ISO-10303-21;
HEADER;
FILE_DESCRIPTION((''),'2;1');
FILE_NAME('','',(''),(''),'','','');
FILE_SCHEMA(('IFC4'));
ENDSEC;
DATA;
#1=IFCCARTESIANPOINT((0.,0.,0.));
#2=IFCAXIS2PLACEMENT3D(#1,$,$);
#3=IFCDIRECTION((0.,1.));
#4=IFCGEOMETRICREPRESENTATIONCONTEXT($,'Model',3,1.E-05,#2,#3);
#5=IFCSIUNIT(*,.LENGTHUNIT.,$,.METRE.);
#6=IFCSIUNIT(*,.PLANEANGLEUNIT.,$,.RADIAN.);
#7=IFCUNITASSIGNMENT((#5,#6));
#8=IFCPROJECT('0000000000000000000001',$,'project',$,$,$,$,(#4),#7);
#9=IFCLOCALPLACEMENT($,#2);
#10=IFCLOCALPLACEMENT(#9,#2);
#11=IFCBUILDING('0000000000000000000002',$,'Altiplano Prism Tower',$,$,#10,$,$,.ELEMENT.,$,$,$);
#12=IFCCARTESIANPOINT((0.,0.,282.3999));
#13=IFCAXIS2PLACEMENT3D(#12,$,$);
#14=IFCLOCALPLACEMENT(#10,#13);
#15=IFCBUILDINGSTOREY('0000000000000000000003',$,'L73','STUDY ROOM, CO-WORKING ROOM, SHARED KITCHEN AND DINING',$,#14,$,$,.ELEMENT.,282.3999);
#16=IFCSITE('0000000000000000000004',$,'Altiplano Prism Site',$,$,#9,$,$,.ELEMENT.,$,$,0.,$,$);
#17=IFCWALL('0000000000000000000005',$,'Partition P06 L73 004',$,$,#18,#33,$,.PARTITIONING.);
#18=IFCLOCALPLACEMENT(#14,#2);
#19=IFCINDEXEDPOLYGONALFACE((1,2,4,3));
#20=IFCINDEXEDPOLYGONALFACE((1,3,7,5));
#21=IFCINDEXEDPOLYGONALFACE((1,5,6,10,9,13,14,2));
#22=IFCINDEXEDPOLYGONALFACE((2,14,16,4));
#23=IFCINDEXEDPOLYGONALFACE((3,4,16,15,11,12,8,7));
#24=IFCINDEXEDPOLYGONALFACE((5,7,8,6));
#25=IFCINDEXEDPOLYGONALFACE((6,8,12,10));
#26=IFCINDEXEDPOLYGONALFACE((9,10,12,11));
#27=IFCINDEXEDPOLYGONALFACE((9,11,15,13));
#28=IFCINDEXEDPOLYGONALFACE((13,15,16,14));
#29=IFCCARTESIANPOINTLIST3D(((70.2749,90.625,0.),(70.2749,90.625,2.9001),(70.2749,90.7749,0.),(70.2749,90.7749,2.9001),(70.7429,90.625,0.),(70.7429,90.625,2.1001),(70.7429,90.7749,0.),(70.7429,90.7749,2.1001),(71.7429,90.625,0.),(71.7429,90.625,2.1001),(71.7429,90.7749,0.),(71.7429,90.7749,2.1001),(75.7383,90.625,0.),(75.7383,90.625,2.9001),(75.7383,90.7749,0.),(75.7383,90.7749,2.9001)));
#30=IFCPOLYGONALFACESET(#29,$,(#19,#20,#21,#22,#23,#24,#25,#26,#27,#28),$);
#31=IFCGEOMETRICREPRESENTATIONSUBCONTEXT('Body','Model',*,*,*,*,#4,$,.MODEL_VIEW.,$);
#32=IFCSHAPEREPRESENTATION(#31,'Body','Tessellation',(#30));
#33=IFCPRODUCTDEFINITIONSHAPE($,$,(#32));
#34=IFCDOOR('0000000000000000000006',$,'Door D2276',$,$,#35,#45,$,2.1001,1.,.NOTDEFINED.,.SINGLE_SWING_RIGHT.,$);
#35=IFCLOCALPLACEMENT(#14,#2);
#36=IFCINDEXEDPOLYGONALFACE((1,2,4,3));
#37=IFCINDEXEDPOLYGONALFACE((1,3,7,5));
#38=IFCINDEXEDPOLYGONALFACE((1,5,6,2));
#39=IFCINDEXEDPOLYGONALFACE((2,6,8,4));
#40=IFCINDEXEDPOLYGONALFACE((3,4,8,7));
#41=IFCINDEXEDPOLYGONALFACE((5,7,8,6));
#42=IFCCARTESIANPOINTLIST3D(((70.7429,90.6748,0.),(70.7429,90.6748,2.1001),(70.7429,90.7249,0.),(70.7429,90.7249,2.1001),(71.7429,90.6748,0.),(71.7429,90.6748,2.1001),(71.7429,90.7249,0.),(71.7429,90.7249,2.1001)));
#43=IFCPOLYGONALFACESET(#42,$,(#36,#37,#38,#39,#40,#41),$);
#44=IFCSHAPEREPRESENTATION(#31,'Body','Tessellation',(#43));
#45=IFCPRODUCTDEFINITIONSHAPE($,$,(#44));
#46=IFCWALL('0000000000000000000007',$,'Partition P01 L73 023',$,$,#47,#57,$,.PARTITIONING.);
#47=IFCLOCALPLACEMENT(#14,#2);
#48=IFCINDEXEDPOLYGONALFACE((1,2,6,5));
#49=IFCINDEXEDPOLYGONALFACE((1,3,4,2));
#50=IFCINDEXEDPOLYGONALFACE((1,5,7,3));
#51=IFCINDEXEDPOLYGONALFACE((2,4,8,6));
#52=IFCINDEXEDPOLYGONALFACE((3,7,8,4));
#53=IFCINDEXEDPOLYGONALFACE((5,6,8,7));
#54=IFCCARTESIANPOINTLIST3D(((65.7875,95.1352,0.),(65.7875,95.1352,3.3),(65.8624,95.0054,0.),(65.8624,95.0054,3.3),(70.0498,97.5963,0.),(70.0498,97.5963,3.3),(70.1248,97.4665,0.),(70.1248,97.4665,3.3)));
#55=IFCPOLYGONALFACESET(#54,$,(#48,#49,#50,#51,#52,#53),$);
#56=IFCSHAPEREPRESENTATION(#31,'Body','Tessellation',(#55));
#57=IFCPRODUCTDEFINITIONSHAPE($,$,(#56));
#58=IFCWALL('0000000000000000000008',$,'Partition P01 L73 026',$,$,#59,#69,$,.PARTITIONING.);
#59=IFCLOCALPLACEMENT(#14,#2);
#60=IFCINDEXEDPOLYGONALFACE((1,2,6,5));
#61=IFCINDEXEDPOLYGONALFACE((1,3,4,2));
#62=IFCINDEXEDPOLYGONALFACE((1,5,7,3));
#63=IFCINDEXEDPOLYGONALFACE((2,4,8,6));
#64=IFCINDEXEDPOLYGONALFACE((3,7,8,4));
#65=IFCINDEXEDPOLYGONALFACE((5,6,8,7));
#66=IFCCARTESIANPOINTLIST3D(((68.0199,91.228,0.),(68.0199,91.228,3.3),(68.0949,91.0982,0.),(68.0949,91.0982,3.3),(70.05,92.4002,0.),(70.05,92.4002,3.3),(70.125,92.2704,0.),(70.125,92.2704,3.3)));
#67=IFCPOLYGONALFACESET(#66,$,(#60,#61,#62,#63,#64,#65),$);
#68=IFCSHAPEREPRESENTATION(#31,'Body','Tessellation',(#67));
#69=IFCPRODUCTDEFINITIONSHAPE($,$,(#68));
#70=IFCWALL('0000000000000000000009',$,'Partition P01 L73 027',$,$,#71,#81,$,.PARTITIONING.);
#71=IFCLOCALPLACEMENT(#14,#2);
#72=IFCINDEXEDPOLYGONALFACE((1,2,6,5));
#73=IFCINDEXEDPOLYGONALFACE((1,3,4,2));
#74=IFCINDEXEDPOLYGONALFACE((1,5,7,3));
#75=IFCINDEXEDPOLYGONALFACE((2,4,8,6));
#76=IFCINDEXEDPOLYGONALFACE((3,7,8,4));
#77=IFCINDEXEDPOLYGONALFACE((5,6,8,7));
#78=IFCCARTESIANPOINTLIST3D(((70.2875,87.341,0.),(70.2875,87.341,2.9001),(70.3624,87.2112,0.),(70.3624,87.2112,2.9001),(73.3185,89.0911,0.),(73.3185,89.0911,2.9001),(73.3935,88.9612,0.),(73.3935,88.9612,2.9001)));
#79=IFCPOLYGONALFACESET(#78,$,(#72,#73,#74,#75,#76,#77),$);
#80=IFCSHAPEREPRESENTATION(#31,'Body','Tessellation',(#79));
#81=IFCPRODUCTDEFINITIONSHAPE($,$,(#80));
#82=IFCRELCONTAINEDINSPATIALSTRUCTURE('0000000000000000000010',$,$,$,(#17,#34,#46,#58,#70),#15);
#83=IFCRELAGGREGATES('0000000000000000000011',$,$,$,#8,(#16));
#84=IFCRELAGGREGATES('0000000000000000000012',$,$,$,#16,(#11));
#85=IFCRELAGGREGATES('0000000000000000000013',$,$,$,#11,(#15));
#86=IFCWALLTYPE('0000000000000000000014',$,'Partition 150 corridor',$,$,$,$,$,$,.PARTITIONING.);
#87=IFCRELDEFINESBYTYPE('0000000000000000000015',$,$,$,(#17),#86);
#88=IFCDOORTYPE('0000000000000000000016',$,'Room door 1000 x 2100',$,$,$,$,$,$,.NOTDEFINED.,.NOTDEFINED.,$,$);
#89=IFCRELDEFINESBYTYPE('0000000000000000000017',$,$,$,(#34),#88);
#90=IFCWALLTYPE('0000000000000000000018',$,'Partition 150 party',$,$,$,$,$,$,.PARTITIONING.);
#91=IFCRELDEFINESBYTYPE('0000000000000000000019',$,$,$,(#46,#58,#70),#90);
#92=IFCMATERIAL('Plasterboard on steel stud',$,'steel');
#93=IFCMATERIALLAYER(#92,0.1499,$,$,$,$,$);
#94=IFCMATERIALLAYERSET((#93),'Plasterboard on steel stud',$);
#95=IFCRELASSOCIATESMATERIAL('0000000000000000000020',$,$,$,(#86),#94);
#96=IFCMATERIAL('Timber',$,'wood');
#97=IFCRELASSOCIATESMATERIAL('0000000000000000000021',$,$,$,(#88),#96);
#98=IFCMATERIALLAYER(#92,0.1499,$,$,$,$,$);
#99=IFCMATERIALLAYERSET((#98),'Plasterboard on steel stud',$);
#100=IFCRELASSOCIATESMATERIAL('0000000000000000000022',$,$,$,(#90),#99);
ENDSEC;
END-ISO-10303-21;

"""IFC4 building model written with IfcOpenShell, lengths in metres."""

from ifc_helpers import new_model, si_unit, direction, frame, frame_2d, origin, place, context, subcontext, project, spatial, rectangle, extrude, material, layer, layer_set, type_object, element, fill, save


model = new_model("IFC4")

# Units and contexts
model_context = context("Model", 3, precision=1e-05, world=origin(), true_north=direction((0.0, 1.0)))
body_context = subcontext(model_context, "Body", "Model", "MODEL_VIEW")
ifc_project = project(units=[si_unit("LENGTHUNIT", "METRE"), si_unit("PLANEANGLEUNIT", "RADIAN")], contexts=[model_context])

# Site, building, storey
site_placement = place(None, origin())
site = spatial("IfcSite", under=ifc_project, at=site_placement, Name="Altiplano Prism Site", CompositionType="ELEMENT", RefElevation=0.0)
building_placement = place(site_placement, origin())
building = spatial("IfcBuilding", under=site, at=building_placement, Name="Altiplano Prism Tower", CompositionType="ELEMENT")
storey_placement = place(building_placement, frame((0.0, 0.0, 282.3999)))
storey = spatial("IfcBuildingStorey", under=building, at=storey_placement, Name="L73", Description="STUDY ROOM, CO-WORKING ROOM, SHARED KITCHEN AND DINING", CompositionType="ELEMENT", Elevation=282.3999)

# Wall, opening, door
ifc_material_1 = material(Name="Plasterboard on steel stud", Category="steel")
ifc_layer_1 = layer(ifc_material_1, 0.1499)
ifc_layer_set_1 = layer_set([ifc_layer_1], Name="Plasterboard on steel stud")
wall_type_1 = type_object("IfcWallType", Name="Partition 150 corridor", PredefinedType="PARTITIONING", material=ifc_layer_set_1)
wall_1_placement = place(storey_placement, frame((70.2749, 90.7, 0.0), z_axis=(0.0, 0.0, 1.0), x_axis=(1.0, 0.0, 0.0)))
wall_1 = element("IfcWall", 1, at=wall_1_placement, inside=storey, type_object=wall_type_1, Name="Partition P06 L73 004", PredefinedType="PARTITIONING", context=body_context, shape_type="SweptSolid", body=[
    extrude(rectangle(XDim=5.4634, YDim=0.1499, at=frame_2d((2.7317, 0.0))), origin(), (0.0, 0.0, 1.0), 2.9001),
])
opening_placement = place(wall_1_placement, frame((0.468, 0.0, 0.0)))
opening = element("IfcOpeningElement", 2, at=opening_placement, cuts=wall_1, PredefinedType="OPENING", context=body_context, shape_type="SweptSolid", body=[
    extrude(rectangle(XDim=1.0, YDim=2.1001, at=frame_2d((0.5, 1.05))), frame((0.0, 0.0854, 0.0), z_axis=(0.0, -1.0, 0.0), x_axis=(1.0, 0.0, 0.0)), (0.0, 0.0, 1.0), 0.1709),
])
ifc_material_2 = material(Name="Timber", Category="wood")
door_type = type_object("IfcDoorType", Name="Room door 1000 x 2100", OperationType="NOTDEFINED", PredefinedType="NOTDEFINED", material=ifc_material_2)
door_placement = place(opening_placement, origin())
door = element("IfcDoor", 3, at=door_placement, inside=storey, type_object=door_type, Name="Door D2276", OperationType="SINGLE_SWING_RIGHT", OverallHeight=2.1001, OverallWidth=1.0, PredefinedType="NOTDEFINED", context=body_context, shape_type="SweptSolid", body=[
    extrude(rectangle(XDim=1.0, YDim=2.1001, at=frame_2d((0.5, 1.05))), frame((0.0, 0.0249, 0.0), z_axis=(0.0, -1.0, 0.0), x_axis=(1.0, 0.0, 0.0)), (0.0, 0.0, 1.0), 0.05),
])
fill(opening, door)

# Walls
ifc_layer_2 = layer(ifc_material_1, 0.1499)
ifc_layer_set_2 = layer_set([ifc_layer_2], Name="Plasterboard on steel stud")
wall_type_2 = type_object("IfcWallType", Name="Partition 150 party", PredefinedType="PARTITIONING", material=ifc_layer_set_2)
wall_2_placement = place(storey_placement, frame((65.825, 95.0703, 0.0), z_axis=(0.0, 0.0, 1.0), x_axis=(0.866003, 0.500039, 0.0)))
element("IfcWall", 4, at=wall_2_placement, inside=storey, type_object=wall_type_2, Name="Partition P01 L73 023", PredefinedType="PARTITIONING", context=body_context, shape_type="SweptSolid", body=[
    extrude(rectangle(XDim=4.9219, YDim=0.1499, at=frame_2d((2.4609, 0.0))), origin(), (0.0, 0.0, 1.0), 3.3),
])
wall_3_placement = place(storey_placement, frame((68.0574, 91.1631, 0.0), z_axis=(0.0, 0.0, 1.0), x_axis=(0.86601, 0.500026, 0.0)))
element("IfcWall", 5, at=wall_3_placement, inside=storey, type_object=wall_type_2, Name="Partition P01 L73 026", PredefinedType="PARTITIONING", context=body_context, shape_type="SweptSolid", body=[
    extrude(rectangle(XDim=2.3442, YDim=0.1499, at=frame_2d((1.1721, 0.0))), origin(), (0.0, 0.0, 1.0), 3.3),
])
wall_4_placement = place(storey_placement, frame((70.325, 87.2761, 0.0), z_axis=(0.0, 0.0, 1.0), x_axis=(0.866019, 0.50001, 0.0)))
element("IfcWall", 6, at=wall_4_placement, inside=storey, type_object=wall_type_2, Name="Partition P01 L73 027", PredefinedType="PARTITIONING", context=body_context, shape_type="SweptSolid", body=[
    extrude(rectangle(XDim=3.5, YDim=0.1499, at=frame_2d((1.75, 0.0))), origin(), (0.0, 0.0, 1.0), 2.9001),
])

save(model, "model.ifc")
